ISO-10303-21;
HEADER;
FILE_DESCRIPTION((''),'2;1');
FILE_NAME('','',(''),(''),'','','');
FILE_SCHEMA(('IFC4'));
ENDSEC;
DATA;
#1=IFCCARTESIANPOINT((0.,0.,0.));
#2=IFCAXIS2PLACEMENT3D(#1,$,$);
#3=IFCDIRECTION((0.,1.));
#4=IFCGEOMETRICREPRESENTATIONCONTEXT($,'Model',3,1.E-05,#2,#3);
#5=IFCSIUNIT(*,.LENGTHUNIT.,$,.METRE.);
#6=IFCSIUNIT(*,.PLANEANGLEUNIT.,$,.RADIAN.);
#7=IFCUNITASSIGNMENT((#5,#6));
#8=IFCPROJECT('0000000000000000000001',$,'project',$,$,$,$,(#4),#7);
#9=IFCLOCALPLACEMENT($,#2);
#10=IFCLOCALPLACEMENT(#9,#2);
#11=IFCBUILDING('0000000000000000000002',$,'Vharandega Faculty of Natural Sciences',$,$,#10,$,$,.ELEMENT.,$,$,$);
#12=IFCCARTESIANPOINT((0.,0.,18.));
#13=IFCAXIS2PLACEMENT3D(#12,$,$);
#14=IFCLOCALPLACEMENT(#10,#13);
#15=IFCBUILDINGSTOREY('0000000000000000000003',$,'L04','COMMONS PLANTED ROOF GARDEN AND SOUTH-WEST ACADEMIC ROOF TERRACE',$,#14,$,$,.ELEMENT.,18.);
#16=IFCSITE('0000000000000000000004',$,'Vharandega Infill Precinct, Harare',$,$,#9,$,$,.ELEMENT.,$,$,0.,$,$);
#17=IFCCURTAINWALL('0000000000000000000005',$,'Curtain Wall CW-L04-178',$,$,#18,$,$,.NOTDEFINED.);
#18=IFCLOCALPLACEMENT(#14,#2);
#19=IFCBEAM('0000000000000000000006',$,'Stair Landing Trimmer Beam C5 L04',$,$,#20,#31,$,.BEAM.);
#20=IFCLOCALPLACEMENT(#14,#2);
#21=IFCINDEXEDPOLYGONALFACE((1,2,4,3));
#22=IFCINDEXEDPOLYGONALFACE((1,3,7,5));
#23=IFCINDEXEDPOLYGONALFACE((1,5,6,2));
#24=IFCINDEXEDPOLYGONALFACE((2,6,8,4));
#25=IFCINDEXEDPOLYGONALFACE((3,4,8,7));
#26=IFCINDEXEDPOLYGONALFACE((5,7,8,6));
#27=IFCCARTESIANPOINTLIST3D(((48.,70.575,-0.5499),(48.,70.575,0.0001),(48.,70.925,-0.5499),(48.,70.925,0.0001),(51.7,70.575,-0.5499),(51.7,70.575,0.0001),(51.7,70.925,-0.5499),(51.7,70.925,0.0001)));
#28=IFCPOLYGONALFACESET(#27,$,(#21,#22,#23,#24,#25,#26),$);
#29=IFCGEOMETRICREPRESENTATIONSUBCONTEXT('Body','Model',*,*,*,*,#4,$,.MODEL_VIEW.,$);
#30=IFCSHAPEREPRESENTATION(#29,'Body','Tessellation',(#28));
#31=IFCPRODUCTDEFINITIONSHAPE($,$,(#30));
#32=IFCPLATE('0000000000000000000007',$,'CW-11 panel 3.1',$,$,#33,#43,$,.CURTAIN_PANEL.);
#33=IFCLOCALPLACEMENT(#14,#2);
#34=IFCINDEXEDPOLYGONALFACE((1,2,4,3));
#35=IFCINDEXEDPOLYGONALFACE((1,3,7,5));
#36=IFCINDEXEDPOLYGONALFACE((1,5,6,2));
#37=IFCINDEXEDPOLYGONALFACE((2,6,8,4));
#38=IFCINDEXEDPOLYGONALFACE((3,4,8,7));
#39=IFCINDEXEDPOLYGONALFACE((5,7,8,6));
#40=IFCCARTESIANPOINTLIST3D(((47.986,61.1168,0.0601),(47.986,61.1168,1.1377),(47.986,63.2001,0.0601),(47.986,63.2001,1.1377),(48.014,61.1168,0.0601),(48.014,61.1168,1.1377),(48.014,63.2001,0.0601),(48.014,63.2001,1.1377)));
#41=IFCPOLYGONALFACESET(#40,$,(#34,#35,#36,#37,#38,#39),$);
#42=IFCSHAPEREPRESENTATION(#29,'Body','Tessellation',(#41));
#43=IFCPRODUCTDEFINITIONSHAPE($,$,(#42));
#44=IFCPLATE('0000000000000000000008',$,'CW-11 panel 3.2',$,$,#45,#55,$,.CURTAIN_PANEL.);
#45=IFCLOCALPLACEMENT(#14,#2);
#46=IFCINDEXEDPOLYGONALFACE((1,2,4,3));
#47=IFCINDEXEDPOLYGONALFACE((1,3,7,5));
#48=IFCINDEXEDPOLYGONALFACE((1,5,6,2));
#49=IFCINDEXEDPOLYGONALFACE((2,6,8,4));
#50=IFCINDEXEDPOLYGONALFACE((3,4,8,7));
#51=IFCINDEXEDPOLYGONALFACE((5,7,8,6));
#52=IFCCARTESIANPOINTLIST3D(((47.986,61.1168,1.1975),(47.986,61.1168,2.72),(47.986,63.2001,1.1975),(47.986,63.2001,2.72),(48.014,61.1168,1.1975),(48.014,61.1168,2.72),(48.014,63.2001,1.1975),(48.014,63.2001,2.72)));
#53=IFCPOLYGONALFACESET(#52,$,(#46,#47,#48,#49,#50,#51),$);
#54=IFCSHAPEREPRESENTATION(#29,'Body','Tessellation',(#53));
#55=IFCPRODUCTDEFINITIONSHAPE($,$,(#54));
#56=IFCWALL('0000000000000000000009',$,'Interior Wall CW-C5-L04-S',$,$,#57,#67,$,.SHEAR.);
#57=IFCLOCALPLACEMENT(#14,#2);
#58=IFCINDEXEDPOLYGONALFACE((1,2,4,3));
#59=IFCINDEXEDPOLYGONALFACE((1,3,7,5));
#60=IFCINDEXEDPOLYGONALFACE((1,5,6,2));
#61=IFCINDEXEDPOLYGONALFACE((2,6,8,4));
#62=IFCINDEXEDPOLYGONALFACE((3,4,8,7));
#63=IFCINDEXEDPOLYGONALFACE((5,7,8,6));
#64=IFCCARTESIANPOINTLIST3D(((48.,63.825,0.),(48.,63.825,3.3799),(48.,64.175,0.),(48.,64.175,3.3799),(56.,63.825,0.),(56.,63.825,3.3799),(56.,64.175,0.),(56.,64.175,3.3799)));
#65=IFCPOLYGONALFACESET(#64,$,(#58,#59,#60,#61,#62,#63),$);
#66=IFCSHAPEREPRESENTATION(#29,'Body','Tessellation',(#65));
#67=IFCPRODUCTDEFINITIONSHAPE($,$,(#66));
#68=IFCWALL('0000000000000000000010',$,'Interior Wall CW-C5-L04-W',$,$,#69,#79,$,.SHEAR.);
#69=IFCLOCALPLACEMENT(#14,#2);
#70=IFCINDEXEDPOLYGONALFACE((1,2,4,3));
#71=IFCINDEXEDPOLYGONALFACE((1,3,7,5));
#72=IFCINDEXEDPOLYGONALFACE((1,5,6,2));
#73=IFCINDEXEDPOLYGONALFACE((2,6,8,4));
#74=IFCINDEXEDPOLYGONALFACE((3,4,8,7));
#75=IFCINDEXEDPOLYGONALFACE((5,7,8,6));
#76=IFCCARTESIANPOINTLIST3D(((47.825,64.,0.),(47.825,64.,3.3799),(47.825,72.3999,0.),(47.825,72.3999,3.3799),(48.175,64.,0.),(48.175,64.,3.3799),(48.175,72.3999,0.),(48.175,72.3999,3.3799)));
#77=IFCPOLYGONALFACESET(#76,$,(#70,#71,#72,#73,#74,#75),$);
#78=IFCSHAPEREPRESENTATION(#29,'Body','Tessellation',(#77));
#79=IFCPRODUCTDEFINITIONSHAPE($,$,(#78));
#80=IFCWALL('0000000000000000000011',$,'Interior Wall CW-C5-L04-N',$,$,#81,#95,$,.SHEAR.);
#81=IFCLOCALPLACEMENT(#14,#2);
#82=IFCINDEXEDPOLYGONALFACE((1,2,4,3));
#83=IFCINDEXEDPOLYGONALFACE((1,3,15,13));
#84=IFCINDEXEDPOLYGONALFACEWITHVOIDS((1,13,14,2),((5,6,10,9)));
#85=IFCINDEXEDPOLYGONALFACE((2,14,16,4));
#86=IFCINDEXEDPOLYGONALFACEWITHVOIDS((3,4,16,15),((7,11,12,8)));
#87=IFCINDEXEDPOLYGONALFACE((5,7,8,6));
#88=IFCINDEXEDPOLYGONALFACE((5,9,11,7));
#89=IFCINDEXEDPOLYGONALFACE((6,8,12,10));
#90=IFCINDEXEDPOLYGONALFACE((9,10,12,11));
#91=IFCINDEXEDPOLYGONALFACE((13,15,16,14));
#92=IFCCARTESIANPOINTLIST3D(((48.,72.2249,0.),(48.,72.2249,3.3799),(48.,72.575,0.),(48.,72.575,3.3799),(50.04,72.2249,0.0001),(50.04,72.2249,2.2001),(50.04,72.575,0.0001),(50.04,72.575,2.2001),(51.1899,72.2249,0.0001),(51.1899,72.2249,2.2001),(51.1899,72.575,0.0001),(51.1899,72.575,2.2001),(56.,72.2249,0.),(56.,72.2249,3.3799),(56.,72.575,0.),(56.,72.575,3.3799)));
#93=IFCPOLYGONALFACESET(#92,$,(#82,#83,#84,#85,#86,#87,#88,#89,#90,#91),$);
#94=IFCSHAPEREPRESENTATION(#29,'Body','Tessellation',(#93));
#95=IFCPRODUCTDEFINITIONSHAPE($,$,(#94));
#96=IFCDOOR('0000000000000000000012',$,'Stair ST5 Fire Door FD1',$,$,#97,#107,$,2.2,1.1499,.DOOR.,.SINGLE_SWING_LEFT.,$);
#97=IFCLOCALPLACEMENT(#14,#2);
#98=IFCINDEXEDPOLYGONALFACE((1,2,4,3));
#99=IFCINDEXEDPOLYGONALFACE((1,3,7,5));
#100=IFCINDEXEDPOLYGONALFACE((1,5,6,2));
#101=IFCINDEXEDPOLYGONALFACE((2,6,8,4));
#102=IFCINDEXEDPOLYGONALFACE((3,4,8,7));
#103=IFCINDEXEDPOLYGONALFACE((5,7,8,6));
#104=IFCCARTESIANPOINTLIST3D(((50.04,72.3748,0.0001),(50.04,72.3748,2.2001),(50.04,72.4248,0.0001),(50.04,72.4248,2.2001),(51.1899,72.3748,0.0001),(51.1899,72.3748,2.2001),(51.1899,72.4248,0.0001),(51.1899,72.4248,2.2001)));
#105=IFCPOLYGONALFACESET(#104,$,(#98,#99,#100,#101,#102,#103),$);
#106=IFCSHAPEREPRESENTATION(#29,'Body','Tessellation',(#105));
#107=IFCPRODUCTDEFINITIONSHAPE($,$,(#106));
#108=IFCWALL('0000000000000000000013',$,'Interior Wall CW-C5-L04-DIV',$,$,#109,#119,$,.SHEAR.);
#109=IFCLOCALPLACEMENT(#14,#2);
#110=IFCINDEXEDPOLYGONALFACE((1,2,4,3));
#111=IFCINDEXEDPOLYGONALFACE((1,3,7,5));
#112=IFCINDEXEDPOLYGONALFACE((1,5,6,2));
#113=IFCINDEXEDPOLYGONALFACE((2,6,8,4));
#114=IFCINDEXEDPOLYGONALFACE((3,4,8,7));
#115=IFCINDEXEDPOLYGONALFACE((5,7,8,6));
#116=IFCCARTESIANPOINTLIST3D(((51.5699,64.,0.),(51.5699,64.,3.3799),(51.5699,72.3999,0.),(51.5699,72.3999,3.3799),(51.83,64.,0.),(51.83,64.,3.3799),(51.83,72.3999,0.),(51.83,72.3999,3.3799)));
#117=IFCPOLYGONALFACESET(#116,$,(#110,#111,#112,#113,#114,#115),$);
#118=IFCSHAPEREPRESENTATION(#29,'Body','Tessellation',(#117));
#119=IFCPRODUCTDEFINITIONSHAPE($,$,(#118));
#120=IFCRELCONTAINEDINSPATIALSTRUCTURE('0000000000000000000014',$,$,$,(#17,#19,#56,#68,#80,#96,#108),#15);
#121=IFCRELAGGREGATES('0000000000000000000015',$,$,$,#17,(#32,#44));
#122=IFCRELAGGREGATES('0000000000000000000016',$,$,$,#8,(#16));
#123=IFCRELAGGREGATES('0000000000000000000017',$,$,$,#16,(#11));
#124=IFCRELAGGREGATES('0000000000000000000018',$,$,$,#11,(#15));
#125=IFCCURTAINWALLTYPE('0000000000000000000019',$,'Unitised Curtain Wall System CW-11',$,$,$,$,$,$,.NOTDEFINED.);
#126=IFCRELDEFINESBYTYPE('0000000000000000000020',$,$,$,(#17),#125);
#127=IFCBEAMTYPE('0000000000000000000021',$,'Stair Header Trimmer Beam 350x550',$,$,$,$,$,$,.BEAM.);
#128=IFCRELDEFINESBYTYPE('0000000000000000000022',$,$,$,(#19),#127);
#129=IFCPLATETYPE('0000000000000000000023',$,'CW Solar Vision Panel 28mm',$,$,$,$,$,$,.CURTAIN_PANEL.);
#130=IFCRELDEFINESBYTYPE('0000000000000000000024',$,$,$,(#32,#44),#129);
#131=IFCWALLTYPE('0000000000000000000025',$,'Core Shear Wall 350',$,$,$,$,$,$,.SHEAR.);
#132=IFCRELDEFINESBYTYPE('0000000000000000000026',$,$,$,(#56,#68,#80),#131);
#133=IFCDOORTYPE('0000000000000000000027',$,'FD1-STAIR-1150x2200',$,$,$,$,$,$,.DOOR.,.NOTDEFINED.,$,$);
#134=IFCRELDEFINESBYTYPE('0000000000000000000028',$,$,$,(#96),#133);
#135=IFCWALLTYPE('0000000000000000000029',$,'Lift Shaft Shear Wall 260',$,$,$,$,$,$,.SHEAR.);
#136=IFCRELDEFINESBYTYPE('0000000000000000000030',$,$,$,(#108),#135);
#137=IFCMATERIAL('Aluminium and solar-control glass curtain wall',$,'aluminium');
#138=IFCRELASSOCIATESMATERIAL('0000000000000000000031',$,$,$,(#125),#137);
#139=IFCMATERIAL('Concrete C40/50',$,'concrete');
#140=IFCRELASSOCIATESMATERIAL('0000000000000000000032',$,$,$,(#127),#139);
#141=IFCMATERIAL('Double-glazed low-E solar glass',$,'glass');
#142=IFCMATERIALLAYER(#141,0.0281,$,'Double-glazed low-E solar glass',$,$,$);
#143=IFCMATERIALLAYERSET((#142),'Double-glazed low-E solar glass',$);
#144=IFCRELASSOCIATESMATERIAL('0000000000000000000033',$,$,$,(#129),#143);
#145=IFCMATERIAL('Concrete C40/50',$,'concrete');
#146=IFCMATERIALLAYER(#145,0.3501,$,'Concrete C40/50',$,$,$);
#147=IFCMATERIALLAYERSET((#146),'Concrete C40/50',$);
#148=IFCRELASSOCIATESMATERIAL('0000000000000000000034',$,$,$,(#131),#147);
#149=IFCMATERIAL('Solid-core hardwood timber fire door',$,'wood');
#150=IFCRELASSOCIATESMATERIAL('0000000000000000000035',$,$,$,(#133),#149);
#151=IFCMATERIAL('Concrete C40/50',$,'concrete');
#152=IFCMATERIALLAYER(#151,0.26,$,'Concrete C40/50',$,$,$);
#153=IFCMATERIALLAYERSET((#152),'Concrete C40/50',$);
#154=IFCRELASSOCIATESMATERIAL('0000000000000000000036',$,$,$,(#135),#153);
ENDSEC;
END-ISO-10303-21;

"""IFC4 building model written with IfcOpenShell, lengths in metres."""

from ifc_helpers import new_model, si_unit, direction, frame, frame_2d, origin, origin_2d, place, context, subcontext, project, spatial, rectangle, extrude, material, layer, layer_set, material_profile, profile_set, type_object, element, fill, aggregate, save


model = new_model("IFC4")

# Units and contexts
model_context = context("Model", 3, precision=1e-05, world=origin(), true_north=direction((0.0, 1.0)))
body_context = subcontext(model_context, "Body", "Model", "MODEL_VIEW")
ifc_project = project(units=[si_unit("LENGTHUNIT", "METRE"), si_unit("PLANEANGLEUNIT", "RADIAN")], contexts=[model_context])

# Site, building, storey
site_placement = place(None, origin())
site = spatial("IfcSite", under=ifc_project, at=site_placement, Name="Vharandega Infill Precinct, Harare", CompositionType="ELEMENT", RefElevation=0.0)
building_placement = place(site_placement, origin())
building = spatial("IfcBuilding", under=site, at=building_placement, Name="Vharandega Faculty of Natural Sciences", CompositionType="ELEMENT")
storey_placement = place(building_placement, frame((0.0, 0.0, 18.0)))
storey = spatial("IfcBuildingStorey", under=building, at=storey_placement, Name="L04", Description="COMMONS PLANTED ROOF GARDEN AND SOUTH-WEST ACADEMIC ROOF TERRACE", CompositionType="ELEMENT", Elevation=18.0)

# Curtain wall
ifc_material_1 = material(Name="Aluminium and solar-control glass curtain wall", Category="aluminium")
curtain_wall_type = type_object("IfcCurtainWallType", Name="Unitised Curtain Wall System CW-11", PredefinedType="NOTDEFINED", material=ifc_material_1)
curtain_wall_placement = place(storey_placement, origin())
curtain_wall = element("IfcCurtainWall", 1, at=curtain_wall_placement, inside=storey, type_object=curtain_wall_type, Name="Curtain Wall CW-L04-178", PredefinedType="NOTDEFINED")

# Beam
ifc_material_2 = material(Name="Concrete C40/50", Category="concrete")
ifc_material_profile_1 = material_profile(ifc_material_2, rectangle(XDim=0.3501, YDim=0.55, at=origin_2d()), Name="RC 350x550")
ifc_profile_set_1 = profile_set([ifc_material_profile_1], Name="Concrete C40/50")
beam_type_1 = type_object("IfcBeamType", Name="Stair Header Trimmer Beam 350x550", PredefinedType="BEAM", material=ifc_profile_set_1)
beam_1_placement = place(storey_placement, frame((48.0, 70.75, -0.2749), z_axis=(1.0, 0.0, 0.0), x_axis=(0.0, 1.0, 0.0)))
element("IfcBeam", 2, at=beam_1_placement, inside=storey, type_object=beam_type_1, Name="Stair Landing Trimmer Beam C5 L04", PredefinedType="BEAM", context=body_context, shape_type="SweptSolid", body=[
    extrude(rectangle(XDim=0.3501, YDim=0.55, at=origin_2d()), origin(), (0.0, 0.0, 1.0), 3.7),
])

# Plates
ifc_material_3 = material(Name="Double-glazed low-E solar glass", Category="glass")
ifc_layer_1 = layer(ifc_material_3, 0.0281, Name="Double-glazed low-E solar glass")
ifc_layer_set_1 = layer_set([ifc_layer_1], Name="Double-glazed low-E solar glass")
plate_type = type_object("IfcPlateType", Name="CW Solar Vision Panel 28mm", PredefinedType="CURTAIN_PANEL", material=ifc_layer_set_1)
plate_1_placement = place(storey_placement, frame((48.0, 62.1584, 0.0601), z_axis=(0.0, 0.0, 1.0), x_axis=(0.0, 1.0, 0.0)))
plate_1 = element("IfcPlate", 3, at=plate_1_placement, type_object=plate_type, Name="CW-11 panel 3.1", PredefinedType="CURTAIN_PANEL", context=body_context, shape_type="SweptSolid", body=[
    extrude(rectangle(XDim=2.0833, YDim=0.0281, at=origin_2d()), origin(), (0.0, 0.0, 1.0), 1.0776),
])
plate_2_placement = place(storey_placement, frame((48.0, 62.1584, 1.1975), z_axis=(0.0, 0.0, 1.0), x_axis=(0.0, 1.0, 0.0)))
plate_2 = element("IfcPlate", 4, at=plate_2_placement, type_object=plate_type, Name="CW-11 panel 3.2", PredefinedType="CURTAIN_PANEL", context=body_context, shape_type="SweptSolid", body=[
    extrude(rectangle(XDim=2.0833, YDim=0.0281, at=origin_2d()), origin(), (0.0, 0.0, 1.0), 1.5225),
])
aggregate(curtain_wall, [plate_1, plate_2])

# Walls
ifc_material_4 = material(Name="Concrete C40/50", Category="concrete")
ifc_layer_2 = layer(ifc_material_4, 0.3501, Name="Concrete C40/50")
ifc_layer_set_2 = layer_set([ifc_layer_2], Name="Concrete C40/50")
wall_type_1 = type_object("IfcWallType", Name="Core Shear Wall 350", PredefinedType="SHEAR", material=ifc_layer_set_2)
wall_1_placement = place(storey_placement, frame((48.0, 64.0, 0.0), z_axis=(0.0, 0.0, 1.0), x_axis=(1.0, 0.0, 0.0)))
element("IfcWall", 5, at=wall_1_placement, inside=storey, type_object=wall_type_1, Name="Interior Wall CW-C5-L04-S", PredefinedType="SHEAR", context=body_context, shape_type="SweptSolid", body=[
    extrude(rectangle(XDim=8.0, YDim=0.3501, at=frame_2d((4.0, 0.0))), origin(), (0.0, 0.0, 1.0), 3.3799),
])
wall_2_placement = place(storey_placement, frame((48.0, 64.0, 0.0), z_axis=(0.0, 0.0, 1.0), x_axis=(0.0, 1.0, 0.0)))
element("IfcWall", 6, at=wall_2_placement, inside=storey, type_object=wall_type_1, Name="Interior Wall CW-C5-L04-W", PredefinedType="SHEAR", context=body_context, shape_type="SweptSolid", body=[
    extrude(rectangle(XDim=8.3999, YDim=0.3501, at=frame_2d((4.2, 0.0))), origin(), (0.0, 0.0, 1.0), 3.3799),
])

# Wall, opening, door
wall_3_placement = place(storey_placement, frame((48.0, 72.3999, 0.0), z_axis=(0.0, 0.0, 1.0), x_axis=(1.0, 0.0, 0.0)))
wall_3 = element("IfcWall", 7, at=wall_3_placement, inside=storey, type_object=wall_type_1, Name="Interior Wall CW-C5-L04-N", PredefinedType="SHEAR", context=body_context, shape_type="SweptSolid", body=[
    extrude(rectangle(XDim=8.0, YDim=0.3501, at=frame_2d((4.0, 0.0))), origin(), (0.0, 0.0, 1.0), 3.3799),
])
opening_placement = place(wall_3_placement, frame((2.04, 0.0, 0.0)))
opening = element("IfcOpeningElement", 8, at=opening_placement, cuts=wall_3, PredefinedType="OPENING", context=body_context, shape_type="SweptSolid", body=[
    extrude(rectangle(XDim=1.1499, YDim=2.2, at=frame_2d((0.575, 1.1001))), frame((0.0, 0.1851, 0.0), z_axis=(0.0, -1.0, 0.0), x_axis=(1.0, 0.0, 0.0)), (0.0, 0.0, 1.0), 0.3701),
])
ifc_material_5 = material(Name="Solid-core hardwood timber fire door", Category="wood")
door_type = type_object("IfcDoorType", Name="FD1-STAIR-1150x2200", OperationType="NOTDEFINED", PredefinedType="DOOR", material=ifc_material_5)
door_placement = place(opening_placement, origin())
door = element("IfcDoor", 9, at=door_placement, inside=storey, type_object=door_type, Name="Stair ST5 Fire Door FD1", OperationType="SINGLE_SWING_LEFT", OverallHeight=2.2, OverallWidth=1.1499, PredefinedType="DOOR", context=body_context, shape_type="SweptSolid", body=[
    extrude(rectangle(XDim=1.1499, YDim=2.2, at=frame_2d((0.575, 1.1001))), frame((0.0, 0.0249, 0.0), z_axis=(0.0, -1.0, 0.0), x_axis=(1.0, 0.0, 0.0)), (0.0, 0.0, 1.0), 0.05),
])
fill(opening, door)

# Wall
ifc_material_6 = material(Name="Concrete C40/50", Category="concrete")
ifc_layer_3 = layer(ifc_material_6, 0.26, Name="Concrete C40/50")
ifc_layer_set_3 = layer_set([ifc_layer_3], Name="Concrete C40/50")
wall_type_2 = type_object("IfcWallType", Name="Lift Shaft Shear Wall 260", PredefinedType="SHEAR", material=ifc_layer_set_3)
wall_4_placement = place(storey_placement, frame((51.7, 64.0, 0.0), z_axis=(0.0, 0.0, 1.0), x_axis=(0.0, 1.0, 0.0)))
element("IfcWall", 10, at=wall_4_placement, inside=storey, type_object=wall_type_2, Name="Interior Wall CW-C5-L04-DIV", PredefinedType="SHEAR", context=body_context, shape_type="SweptSolid", body=[
    extrude(rectangle(XDim=8.3999, YDim=0.26, at=frame_2d((4.2, 0.0))), origin(), (0.0, 0.0, 1.0), 3.3799),
])

save(model, "model.ifc")
